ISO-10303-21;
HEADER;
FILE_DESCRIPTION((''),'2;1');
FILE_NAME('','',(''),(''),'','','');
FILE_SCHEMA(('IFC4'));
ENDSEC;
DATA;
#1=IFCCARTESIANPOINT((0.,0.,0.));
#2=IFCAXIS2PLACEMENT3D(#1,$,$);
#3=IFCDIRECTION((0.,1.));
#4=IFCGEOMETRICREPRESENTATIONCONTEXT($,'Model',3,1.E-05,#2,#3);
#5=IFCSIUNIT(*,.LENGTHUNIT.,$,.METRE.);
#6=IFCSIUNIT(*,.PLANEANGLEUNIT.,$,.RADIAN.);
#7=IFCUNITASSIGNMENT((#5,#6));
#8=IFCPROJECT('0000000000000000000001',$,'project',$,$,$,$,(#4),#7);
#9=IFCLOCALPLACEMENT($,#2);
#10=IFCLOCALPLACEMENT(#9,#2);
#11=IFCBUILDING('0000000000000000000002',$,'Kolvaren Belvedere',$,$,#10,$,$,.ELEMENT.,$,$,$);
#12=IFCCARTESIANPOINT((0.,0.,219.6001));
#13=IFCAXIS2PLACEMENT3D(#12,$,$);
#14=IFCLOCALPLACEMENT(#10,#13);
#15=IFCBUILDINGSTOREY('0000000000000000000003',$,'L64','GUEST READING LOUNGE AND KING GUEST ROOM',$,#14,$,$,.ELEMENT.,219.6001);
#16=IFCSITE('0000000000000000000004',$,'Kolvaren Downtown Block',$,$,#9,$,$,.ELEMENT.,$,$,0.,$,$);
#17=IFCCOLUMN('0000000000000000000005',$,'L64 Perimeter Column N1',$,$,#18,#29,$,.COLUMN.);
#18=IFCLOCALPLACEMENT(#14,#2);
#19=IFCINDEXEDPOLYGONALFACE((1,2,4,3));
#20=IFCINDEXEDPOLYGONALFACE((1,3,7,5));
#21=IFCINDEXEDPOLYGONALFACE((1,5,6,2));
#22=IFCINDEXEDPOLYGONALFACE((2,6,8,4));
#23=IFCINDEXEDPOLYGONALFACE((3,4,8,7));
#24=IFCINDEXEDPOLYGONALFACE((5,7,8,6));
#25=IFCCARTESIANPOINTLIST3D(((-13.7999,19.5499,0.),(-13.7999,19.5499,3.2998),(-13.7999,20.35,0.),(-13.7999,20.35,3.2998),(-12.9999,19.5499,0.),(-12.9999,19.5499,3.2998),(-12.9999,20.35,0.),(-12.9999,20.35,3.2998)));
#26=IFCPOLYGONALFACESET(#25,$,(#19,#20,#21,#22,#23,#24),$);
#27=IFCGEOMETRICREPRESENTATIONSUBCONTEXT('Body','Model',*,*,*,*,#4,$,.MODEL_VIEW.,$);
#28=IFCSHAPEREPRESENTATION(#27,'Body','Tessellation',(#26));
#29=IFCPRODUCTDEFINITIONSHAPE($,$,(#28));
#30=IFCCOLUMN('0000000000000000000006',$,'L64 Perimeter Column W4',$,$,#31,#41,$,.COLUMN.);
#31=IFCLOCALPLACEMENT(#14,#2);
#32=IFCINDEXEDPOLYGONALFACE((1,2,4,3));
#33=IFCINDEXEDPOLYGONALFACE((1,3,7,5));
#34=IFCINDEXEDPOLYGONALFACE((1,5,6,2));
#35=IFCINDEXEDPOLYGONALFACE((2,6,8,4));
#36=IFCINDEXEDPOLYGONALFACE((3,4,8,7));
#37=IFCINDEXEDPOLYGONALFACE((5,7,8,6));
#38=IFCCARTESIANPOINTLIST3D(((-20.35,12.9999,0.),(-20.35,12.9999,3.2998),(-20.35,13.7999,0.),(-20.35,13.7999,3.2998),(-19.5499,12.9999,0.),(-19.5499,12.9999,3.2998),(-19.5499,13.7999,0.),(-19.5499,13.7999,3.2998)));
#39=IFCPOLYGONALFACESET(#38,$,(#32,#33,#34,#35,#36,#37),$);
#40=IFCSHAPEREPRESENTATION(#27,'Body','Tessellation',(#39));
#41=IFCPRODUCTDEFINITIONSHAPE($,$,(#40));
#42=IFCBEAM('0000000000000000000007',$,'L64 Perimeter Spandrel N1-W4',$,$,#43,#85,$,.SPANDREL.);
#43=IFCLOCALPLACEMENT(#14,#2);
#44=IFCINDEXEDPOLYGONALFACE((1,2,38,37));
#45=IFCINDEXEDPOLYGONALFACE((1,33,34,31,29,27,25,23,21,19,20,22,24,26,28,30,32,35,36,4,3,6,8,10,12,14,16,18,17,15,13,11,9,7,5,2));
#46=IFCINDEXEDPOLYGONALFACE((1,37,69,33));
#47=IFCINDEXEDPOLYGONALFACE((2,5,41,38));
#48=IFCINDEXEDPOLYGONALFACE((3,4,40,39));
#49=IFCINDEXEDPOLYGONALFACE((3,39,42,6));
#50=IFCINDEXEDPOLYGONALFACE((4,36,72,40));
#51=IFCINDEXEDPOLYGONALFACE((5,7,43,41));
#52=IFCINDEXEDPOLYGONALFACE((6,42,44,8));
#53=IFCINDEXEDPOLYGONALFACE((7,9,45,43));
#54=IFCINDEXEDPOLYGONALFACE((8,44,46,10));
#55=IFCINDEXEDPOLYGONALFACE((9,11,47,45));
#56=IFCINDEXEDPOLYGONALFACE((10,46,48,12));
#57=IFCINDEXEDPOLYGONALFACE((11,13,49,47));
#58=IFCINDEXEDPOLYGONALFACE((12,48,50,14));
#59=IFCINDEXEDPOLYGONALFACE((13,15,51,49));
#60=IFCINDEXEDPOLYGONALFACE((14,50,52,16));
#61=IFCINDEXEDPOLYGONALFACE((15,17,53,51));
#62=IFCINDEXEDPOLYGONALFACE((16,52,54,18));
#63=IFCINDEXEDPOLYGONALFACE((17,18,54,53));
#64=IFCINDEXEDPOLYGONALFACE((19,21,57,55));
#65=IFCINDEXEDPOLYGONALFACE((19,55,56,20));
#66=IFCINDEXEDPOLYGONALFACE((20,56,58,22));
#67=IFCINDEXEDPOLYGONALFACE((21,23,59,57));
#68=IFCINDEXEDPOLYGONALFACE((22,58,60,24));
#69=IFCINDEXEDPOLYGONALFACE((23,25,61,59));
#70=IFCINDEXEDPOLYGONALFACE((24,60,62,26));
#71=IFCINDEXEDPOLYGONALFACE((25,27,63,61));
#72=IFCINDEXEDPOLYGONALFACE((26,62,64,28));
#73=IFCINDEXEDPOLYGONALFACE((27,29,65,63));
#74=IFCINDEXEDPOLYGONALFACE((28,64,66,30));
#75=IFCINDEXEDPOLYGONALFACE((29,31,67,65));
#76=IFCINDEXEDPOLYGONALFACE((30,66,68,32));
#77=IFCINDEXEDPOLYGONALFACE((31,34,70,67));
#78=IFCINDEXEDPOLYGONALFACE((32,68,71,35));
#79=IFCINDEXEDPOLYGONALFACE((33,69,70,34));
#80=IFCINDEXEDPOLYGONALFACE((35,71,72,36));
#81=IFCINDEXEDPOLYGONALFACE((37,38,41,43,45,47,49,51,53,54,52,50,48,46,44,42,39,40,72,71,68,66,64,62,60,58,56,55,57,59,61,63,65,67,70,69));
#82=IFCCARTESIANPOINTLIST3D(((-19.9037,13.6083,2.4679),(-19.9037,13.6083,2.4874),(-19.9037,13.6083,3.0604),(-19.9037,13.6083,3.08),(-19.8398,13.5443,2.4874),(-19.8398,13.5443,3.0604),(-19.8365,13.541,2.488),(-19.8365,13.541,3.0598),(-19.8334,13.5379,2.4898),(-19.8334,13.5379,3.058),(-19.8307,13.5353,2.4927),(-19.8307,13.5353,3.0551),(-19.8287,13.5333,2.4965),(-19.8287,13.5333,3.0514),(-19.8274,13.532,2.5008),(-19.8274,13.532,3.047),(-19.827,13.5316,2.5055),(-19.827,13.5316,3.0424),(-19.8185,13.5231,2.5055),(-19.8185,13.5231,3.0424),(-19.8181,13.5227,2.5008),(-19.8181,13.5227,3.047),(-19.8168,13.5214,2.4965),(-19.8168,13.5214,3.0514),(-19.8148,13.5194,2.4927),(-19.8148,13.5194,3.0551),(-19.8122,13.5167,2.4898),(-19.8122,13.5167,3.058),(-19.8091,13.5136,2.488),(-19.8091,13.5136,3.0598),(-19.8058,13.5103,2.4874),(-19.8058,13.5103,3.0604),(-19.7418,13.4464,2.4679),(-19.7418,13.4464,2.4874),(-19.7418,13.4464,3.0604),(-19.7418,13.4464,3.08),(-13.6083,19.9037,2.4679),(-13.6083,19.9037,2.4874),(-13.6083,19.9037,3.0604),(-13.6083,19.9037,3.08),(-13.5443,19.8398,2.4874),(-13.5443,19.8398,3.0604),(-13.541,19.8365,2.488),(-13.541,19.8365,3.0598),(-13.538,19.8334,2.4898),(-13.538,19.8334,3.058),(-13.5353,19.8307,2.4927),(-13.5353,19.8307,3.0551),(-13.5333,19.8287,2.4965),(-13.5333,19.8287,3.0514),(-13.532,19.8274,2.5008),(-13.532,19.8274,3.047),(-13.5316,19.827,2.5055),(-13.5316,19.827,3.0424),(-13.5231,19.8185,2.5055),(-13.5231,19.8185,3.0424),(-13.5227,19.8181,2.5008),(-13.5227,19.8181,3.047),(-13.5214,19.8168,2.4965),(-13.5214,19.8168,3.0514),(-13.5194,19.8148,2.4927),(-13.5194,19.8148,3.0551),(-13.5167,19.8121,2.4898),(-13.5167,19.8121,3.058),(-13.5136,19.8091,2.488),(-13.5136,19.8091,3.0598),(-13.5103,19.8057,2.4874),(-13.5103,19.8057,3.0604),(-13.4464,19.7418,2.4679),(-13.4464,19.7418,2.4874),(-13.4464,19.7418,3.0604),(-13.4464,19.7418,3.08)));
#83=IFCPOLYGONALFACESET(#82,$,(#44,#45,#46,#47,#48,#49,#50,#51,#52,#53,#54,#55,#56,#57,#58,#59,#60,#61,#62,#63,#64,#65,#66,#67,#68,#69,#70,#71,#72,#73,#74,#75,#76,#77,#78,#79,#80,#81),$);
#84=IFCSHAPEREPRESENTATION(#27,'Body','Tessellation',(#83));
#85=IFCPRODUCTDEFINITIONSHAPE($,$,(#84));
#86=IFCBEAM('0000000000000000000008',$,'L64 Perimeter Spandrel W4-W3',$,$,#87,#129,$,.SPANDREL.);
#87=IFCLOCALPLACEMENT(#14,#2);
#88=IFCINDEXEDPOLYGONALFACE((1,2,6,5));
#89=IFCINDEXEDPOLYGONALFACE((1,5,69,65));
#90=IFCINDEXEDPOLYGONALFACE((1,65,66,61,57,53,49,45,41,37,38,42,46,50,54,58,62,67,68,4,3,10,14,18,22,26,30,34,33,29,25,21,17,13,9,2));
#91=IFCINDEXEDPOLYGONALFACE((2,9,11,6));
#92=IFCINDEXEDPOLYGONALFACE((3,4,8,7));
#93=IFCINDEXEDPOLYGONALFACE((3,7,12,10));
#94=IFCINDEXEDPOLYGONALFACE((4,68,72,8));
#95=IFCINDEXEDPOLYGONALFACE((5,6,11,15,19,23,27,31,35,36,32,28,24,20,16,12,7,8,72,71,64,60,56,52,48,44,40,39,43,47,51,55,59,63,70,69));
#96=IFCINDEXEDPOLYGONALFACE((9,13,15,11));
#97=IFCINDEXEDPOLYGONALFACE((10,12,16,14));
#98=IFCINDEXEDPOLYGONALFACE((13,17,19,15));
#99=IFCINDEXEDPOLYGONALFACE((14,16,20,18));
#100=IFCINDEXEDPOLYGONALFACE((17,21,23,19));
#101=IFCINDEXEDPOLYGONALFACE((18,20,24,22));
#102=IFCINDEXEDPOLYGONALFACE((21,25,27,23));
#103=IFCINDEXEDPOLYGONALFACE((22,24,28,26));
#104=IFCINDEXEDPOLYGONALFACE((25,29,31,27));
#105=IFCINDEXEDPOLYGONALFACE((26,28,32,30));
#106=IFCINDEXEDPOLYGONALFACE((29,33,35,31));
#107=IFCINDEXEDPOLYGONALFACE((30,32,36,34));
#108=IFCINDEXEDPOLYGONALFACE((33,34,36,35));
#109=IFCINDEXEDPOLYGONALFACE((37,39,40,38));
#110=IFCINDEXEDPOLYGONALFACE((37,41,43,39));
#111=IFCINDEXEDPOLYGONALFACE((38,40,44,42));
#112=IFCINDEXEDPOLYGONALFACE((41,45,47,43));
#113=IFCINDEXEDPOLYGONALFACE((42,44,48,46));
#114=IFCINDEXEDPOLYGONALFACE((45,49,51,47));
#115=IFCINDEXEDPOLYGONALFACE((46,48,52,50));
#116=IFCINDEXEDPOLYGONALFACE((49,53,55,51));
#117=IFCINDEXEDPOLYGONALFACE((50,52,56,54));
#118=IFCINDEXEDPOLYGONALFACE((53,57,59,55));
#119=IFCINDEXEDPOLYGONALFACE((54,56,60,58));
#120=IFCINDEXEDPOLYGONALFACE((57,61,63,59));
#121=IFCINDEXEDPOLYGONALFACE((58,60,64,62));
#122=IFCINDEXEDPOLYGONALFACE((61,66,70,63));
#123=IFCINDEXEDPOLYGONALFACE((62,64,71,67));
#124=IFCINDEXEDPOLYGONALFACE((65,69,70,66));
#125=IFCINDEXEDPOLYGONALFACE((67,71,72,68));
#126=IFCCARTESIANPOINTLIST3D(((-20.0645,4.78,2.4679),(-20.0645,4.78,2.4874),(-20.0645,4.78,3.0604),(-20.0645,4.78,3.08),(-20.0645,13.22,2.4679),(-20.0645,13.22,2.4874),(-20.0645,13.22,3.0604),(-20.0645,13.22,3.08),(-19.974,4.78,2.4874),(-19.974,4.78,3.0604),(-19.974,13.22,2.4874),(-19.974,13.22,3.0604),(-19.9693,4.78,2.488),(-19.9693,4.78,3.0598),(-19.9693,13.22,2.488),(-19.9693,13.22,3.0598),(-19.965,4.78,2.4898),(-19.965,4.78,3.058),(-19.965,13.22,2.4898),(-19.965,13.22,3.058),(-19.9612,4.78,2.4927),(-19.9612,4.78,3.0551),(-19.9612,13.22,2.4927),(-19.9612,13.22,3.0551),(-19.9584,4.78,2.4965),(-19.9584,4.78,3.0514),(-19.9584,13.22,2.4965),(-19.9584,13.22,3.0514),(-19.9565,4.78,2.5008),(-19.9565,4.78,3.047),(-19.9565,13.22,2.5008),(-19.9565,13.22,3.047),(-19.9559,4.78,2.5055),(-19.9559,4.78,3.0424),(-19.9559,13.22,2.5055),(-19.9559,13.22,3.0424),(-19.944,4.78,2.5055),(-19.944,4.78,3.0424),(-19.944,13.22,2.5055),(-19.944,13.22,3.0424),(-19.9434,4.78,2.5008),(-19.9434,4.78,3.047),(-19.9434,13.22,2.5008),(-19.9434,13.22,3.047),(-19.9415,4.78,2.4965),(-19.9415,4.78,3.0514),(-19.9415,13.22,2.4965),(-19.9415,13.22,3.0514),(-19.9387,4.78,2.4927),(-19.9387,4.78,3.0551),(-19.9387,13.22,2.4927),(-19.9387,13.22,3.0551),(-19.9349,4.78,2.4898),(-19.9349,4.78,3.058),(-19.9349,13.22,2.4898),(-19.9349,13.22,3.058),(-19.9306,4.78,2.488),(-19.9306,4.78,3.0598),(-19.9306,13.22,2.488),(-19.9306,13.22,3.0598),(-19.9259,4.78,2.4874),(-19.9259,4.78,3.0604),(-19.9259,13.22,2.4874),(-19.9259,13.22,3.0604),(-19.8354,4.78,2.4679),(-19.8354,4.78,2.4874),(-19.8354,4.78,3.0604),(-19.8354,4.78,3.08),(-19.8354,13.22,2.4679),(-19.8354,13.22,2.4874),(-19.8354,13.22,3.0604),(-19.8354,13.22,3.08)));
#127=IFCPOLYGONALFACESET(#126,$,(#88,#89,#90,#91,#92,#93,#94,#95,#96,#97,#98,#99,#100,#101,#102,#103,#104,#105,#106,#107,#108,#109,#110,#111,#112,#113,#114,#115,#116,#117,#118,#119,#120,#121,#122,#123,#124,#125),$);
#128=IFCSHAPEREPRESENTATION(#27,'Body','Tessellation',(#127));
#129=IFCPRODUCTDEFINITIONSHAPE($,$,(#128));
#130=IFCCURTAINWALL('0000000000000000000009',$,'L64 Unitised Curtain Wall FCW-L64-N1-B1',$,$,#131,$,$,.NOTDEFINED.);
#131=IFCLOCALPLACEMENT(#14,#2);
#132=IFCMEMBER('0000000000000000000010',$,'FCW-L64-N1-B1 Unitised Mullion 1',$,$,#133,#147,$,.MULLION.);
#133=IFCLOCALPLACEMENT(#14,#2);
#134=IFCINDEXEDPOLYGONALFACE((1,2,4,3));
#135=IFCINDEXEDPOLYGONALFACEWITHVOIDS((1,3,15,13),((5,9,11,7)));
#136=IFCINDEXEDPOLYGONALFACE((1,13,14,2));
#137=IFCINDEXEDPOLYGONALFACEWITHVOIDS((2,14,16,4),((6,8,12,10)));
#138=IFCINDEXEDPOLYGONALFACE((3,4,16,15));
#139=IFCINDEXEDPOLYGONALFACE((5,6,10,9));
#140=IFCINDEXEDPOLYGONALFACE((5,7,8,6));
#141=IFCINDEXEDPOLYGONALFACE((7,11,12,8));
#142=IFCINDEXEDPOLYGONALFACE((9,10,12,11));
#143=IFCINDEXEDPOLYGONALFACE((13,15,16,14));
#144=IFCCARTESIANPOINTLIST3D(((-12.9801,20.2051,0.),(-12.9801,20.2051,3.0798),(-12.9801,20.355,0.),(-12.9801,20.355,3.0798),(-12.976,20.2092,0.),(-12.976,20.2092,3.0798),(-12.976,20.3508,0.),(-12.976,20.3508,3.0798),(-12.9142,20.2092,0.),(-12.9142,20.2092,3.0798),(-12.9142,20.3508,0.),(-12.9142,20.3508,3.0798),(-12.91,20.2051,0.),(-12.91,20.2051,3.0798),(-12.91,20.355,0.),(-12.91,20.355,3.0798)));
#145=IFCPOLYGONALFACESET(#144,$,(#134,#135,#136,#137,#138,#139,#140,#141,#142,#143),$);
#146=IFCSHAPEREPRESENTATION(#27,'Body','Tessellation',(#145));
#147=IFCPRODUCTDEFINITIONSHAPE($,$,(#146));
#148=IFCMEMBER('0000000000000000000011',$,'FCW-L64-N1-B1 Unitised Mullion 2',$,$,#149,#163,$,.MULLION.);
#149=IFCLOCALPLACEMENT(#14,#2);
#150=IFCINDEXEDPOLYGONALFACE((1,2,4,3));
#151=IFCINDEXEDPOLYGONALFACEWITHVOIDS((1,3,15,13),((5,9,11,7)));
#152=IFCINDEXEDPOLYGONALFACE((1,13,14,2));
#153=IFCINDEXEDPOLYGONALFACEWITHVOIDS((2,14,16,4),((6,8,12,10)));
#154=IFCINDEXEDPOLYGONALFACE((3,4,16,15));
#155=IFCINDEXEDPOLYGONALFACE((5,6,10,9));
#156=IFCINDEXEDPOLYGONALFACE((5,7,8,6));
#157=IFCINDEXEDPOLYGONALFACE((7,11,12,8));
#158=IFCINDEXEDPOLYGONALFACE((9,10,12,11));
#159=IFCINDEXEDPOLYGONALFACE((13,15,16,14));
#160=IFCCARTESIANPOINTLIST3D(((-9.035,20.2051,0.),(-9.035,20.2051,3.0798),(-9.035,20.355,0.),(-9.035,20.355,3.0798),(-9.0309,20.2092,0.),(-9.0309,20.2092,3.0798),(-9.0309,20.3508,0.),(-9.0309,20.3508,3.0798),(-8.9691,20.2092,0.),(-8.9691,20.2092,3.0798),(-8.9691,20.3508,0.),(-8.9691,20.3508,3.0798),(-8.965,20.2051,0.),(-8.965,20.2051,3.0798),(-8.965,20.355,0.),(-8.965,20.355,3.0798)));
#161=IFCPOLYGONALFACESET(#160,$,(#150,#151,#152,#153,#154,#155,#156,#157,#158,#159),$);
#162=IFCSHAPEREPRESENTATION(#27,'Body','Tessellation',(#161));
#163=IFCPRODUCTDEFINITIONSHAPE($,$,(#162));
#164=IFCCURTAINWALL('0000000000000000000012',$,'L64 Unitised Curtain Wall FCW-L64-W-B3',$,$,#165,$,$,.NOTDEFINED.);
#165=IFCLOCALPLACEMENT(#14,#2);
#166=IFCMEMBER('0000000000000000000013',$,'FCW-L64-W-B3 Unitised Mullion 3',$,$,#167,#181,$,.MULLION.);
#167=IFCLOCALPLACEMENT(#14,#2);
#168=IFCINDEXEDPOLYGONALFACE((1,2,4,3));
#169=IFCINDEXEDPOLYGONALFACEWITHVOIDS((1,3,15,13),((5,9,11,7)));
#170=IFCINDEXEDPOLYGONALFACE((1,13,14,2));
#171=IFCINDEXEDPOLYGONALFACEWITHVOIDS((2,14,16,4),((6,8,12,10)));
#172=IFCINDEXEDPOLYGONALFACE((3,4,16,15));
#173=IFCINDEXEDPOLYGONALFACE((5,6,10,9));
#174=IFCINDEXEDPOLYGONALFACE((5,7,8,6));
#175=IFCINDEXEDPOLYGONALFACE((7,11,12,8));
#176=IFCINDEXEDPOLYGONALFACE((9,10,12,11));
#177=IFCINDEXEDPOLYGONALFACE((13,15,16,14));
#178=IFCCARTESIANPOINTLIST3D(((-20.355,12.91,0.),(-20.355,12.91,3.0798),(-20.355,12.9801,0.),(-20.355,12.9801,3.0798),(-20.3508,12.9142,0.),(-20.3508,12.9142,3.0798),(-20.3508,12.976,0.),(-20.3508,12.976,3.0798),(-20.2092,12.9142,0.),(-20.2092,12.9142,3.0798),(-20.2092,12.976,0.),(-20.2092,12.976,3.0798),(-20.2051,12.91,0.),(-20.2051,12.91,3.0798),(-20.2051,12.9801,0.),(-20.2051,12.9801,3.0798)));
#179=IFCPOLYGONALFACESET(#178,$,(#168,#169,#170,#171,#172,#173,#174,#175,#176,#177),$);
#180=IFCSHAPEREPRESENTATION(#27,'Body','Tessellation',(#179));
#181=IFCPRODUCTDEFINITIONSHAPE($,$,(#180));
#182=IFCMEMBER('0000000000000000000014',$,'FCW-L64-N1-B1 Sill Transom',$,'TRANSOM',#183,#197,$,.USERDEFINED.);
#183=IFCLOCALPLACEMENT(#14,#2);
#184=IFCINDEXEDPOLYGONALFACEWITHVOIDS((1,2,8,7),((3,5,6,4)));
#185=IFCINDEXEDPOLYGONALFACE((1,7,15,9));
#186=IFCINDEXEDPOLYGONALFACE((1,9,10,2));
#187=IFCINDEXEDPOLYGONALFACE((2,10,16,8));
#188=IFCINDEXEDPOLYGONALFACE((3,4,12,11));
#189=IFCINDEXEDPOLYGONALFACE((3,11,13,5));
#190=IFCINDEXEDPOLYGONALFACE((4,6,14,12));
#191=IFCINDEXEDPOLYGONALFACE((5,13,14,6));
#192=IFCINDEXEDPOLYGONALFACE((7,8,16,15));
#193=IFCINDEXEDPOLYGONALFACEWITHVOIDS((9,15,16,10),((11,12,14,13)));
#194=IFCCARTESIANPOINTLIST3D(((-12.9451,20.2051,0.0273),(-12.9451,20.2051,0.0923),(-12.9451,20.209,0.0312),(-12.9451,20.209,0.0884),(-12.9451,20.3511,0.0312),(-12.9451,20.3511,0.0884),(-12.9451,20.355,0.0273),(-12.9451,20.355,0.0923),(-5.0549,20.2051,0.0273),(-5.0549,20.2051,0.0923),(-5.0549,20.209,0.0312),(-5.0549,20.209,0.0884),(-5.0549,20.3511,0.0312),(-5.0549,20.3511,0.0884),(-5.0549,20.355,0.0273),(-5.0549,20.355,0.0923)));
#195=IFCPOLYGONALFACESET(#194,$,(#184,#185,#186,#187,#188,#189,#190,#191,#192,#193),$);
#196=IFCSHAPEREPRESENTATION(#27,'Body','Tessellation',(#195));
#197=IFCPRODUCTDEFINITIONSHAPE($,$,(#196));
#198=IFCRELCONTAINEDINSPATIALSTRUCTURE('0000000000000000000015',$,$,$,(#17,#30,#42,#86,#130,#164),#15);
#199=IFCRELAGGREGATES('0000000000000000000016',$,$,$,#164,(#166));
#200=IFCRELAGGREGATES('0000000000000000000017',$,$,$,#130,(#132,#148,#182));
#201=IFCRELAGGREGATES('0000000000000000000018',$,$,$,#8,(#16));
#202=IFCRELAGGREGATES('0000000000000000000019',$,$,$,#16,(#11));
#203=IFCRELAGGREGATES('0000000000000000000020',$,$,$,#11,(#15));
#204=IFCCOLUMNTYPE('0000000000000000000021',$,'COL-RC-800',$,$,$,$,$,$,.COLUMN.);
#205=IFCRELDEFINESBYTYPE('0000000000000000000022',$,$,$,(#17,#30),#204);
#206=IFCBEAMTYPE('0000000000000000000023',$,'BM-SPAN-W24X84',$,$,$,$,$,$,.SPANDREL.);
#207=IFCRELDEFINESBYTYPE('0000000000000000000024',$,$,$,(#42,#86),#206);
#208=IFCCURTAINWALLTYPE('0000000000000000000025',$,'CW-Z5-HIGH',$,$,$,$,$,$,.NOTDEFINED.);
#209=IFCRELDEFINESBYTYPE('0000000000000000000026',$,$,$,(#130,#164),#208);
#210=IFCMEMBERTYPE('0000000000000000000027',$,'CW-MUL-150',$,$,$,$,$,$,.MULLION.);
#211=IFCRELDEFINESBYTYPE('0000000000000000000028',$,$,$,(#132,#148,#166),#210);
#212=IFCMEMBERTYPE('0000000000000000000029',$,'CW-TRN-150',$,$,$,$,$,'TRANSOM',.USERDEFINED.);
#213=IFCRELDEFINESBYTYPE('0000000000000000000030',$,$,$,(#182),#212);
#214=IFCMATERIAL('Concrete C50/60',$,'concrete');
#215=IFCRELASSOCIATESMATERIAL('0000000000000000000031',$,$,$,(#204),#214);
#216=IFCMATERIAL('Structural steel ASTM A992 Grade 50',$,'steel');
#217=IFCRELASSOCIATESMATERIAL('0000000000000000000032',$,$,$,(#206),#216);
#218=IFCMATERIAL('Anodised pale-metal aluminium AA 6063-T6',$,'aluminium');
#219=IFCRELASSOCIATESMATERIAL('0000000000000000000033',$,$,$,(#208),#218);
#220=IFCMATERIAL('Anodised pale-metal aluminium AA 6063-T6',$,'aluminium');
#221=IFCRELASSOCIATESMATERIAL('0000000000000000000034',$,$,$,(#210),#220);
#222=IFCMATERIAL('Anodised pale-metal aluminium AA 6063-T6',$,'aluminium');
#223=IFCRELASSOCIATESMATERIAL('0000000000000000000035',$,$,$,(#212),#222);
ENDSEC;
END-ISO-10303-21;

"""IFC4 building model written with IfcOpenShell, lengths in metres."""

from ifc_helpers import new_model, si_unit, direction, frame, origin, origin_2d, place, context, subcontext, project, spatial, rectangle, hollow_rectangle, i_section, extrude, material, material_profile, profile_set, type_object, element, aggregate, save


model = new_model("IFC4")

# Units and contexts
model_context = context("Model", 3, precision=1e-05, world=origin(), true_north=direction((0.0, 1.0)))
body_context = subcontext(model_context, "Body", "Model", "MODEL_VIEW")
ifc_project = project(units=[si_unit("LENGTHUNIT", "METRE"), si_unit("PLANEANGLEUNIT", "RADIAN")], contexts=[model_context])

# Site, building, storey
site_placement = place(None, origin())
site = spatial("IfcSite", under=ifc_project, at=site_placement, Name="Kolvaren Downtown Block", CompositionType="ELEMENT", RefElevation=0.0)
building_placement = place(site_placement, origin())
building = spatial("IfcBuilding", under=site, at=building_placement, Name="Kolvaren Belvedere", CompositionType="ELEMENT")
storey_placement = place(building_placement, frame((0.0, 0.0, 219.6001)))
storey = spatial("IfcBuildingStorey", under=building, at=storey_placement, Name="L64", Description="GUEST READING LOUNGE AND KING GUEST ROOM", CompositionType="ELEMENT", Elevation=219.6001)

# Columns
ifc_material_1 = material(Name="Concrete C50/60", Category="concrete")
ifc_material_profile_1 = material_profile(ifc_material_1, rectangle(XDim=0.8, YDim=0.8, at=origin_2d()), Name="RC 800X800")
ifc_profile_set_1 = profile_set([ifc_material_profile_1], Name="Concrete C50/60")
column_type = type_object("IfcColumnType", Name="COL-RC-800", PredefinedType="COLUMN", material=ifc_profile_set_1)
for number, where, z_axis, x_axis, name in (
    (1, (-13.3999, 19.95, 0.0), (0.0, 0.0, 1.0), (1.0, 0.0, 0.0), "L64 Perimeter Column N1"),
    (2, (-19.95, 13.3999, 0.0), (0.0, 0.0, 1.0), (1.0, 0.0, 0.0), "L64 Perimeter Column W4"),
):
    element("IfcColumn", number, at=place(storey_placement, frame(where, z_axis=z_axis, x_axis=x_axis)), inside=storey, type_object=column_type, Name=name, PredefinedType="COLUMN", context=body_context, shape_type="SweptSolid", body=[
        extrude(rectangle(XDim=0.8, YDim=0.8, at=origin_2d()), origin(), (0.0, 0.0, 1.0), 3.2998),
    ])

# Beams
ifc_material_2 = material(Name="Structural steel ASTM A992 Grade 50", Category="steel")
ifc_material_profile_2 = material_profile(ifc_material_2, i_section(OverallWidth=0.229, OverallDepth=0.6121, WebThickness=0.012, FlangeThickness=0.0195, FilletRadius=0.0181, at=origin_2d()), Name="W24X84")
ifc_profile_set_2 = profile_set([ifc_material_profile_2], Name="Structural steel ASTM A992 Grade 50")
beam_type = type_object("IfcBeamType", Name="BM-SPAN-W24X84", PredefinedType="SPANDREL", material=ifc_profile_set_2)
beam_1_placement = place(storey_placement, frame((-13.5273, 19.8228, 2.7739), z_axis=(-0.707107, -0.707107, 0.0), x_axis=(0.707107, -0.707107, 0.0)))
element("IfcBeam", 3, at=beam_1_placement, inside=storey, type_object=beam_type, Name="L64 Perimeter Spandrel N1-W4", PredefinedType="SPANDREL", context=body_context, shape_type="SweptSolid", body=[
    extrude(i_section(OverallWidth=0.229, OverallDepth=0.6121, WebThickness=0.012, FlangeThickness=0.0195, FilletRadius=0.0181, at=origin_2d()), origin(), (0.0, 0.0, 1.0), 8.9031),
])
beam_2_placement = place(storey_placement, frame((-19.95, 13.22, 2.7739), z_axis=(0.0, -1.0, 0.0), x_axis=(1.0, 0.0, 0.0)))
element("IfcBeam", 4, at=beam_2_placement, inside=storey, type_object=beam_type, Name="L64 Perimeter Spandrel W4-W3", PredefinedType="SPANDREL", context=body_context, shape_type="SweptSolid", body=[
    extrude(i_section(OverallWidth=0.229, OverallDepth=0.6121, WebThickness=0.012, FlangeThickness=0.0195, FilletRadius=0.0181, at=origin_2d()), origin(), (0.0, 0.0, 1.0), 8.4399),
])

# Curtain wall, members
ifc_material_3 = material(Name="Anodised pale-metal aluminium AA 6063-T6", Category="aluminium")
curtain_wall_type = type_object("IfcCurtainWallType", Name="CW-Z5-HIGH", PredefinedType="NOTDEFINED", material=ifc_material_3)
curtain_wall_1_placement = place(storey_placement, origin())
curtain_wall_1 = element("IfcCurtainWall", 5, at=curtain_wall_1_placement, inside=storey, type_object=curtain_wall_type, Name="L64 Unitised Curtain Wall FCW-L64-N1-B1", PredefinedType="NOTDEFINED")
ifc_material_4 = material(Name="Anodised pale-metal aluminium AA 6063-T6", Category="aluminium")
ifc_material_profile_3 = material_profile(ifc_material_4, hollow_rectangle(XDim=0.0701, YDim=0.1499, WallThickness=0.0042, at=origin_2d()), Name="ALU-MUL-150X70")
ifc_profile_set_3 = profile_set([ifc_material_profile_3], Name="Anodised pale-metal aluminium AA 6063-T6")
member_type_1 = type_object("IfcMemberType", Name="CW-MUL-150", PredefinedType="MULLION", material=ifc_profile_set_3)
member_1_placement = place(storey_placement, frame((-12.9451, 20.28, 0.0), z_axis=(0.0, 0.0, 1.0), x_axis=(1.0, 0.0, 0.0)))
member_1 = element("IfcMember", 6, at=member_1_placement, type_object=member_type_1, Name="FCW-L64-N1-B1 Unitised Mullion 1", PredefinedType="MULLION", context=body_context, shape_type="SweptSolid", body=[
    extrude(hollow_rectangle(XDim=0.0701, YDim=0.1499, WallThickness=0.0042, at=origin_2d()), origin(), (0.0, 0.0, 1.0), 3.0798),
])
member_2_placement = place(storey_placement, frame((-9.0, 20.28, 0.0), z_axis=(0.0, 0.0, 1.0), x_axis=(1.0, 0.0, 0.0)))
member_2 = element("IfcMember", 7, at=member_2_placement, type_object=member_type_1, Name="FCW-L64-N1-B1 Unitised Mullion 2", PredefinedType="MULLION", context=body_context, shape_type="SweptSolid", body=[
    extrude(hollow_rectangle(XDim=0.0701, YDim=0.1499, WallThickness=0.0042, at=origin_2d()), origin(), (0.0, 0.0, 1.0), 3.0798),
])

# Curtain wall, member
curtain_wall_2_placement = place(storey_placement, origin())
curtain_wall_2 = element("IfcCurtainWall", 8, at=curtain_wall_2_placement, inside=storey, type_object=curtain_wall_type, Name="L64 Unitised Curtain Wall FCW-L64-W-B3", PredefinedType="NOTDEFINED")
member_3_placement = place(storey_placement, frame((-20.28, 12.9451, 0.0), z_axis=(0.0, 0.0, 1.0), x_axis=(0.0, 1.0, 0.0)))
member_3 = element("IfcMember", 9, at=member_3_placement, type_object=member_type_1, Name="FCW-L64-W-B3 Unitised Mullion 3", PredefinedType="MULLION", context=body_context, shape_type="SweptSolid", body=[
    extrude(hollow_rectangle(XDim=0.0701, YDim=0.1499, WallThickness=0.0042, at=origin_2d()), origin(), (0.0, 0.0, 1.0), 3.0798),
])
aggregate(curtain_wall_2, [member_3])

# Member
ifc_material_5 = material(Name="Anodised pale-metal aluminium AA 6063-T6", Category="aluminium")
ifc_material_profile_4 = material_profile(ifc_material_5, hollow_rectangle(XDim=0.0649, YDim=0.1499, WallThickness=0.0039, at=origin_2d()), Name="ALU-TRN-150X65")
ifc_profile_set_4 = profile_set([ifc_material_profile_4], Name="Anodised pale-metal aluminium AA 6063-T6")
member_type_2 = type_object("IfcMemberType", Name="CW-TRN-150", ElementType="TRANSOM", PredefinedType="USERDEFINED", material=ifc_profile_set_4)
member_4_placement = place(storey_placement, frame((-12.9451, 20.28, 0.0598), z_axis=(1.0, 0.0, 0.0), x_axis=(0.0, 0.0, 1.0)))
member_4 = element("IfcMember", 10, at=member_4_placement, type_object=member_type_2, Name="FCW-L64-N1-B1 Sill Transom", ObjectType="TRANSOM", PredefinedType="USERDEFINED", context=body_context, shape_type="SweptSolid", body=[
    extrude(hollow_rectangle(XDim=0.0649, YDim=0.1499, WallThickness=0.0039, at=origin_2d()), origin(), (0.0, 0.0, 1.0), 7.8901),
])

aggregate(curtain_wall_1, [member_1, member_2, member_4])

save(model, "model.ifc")
